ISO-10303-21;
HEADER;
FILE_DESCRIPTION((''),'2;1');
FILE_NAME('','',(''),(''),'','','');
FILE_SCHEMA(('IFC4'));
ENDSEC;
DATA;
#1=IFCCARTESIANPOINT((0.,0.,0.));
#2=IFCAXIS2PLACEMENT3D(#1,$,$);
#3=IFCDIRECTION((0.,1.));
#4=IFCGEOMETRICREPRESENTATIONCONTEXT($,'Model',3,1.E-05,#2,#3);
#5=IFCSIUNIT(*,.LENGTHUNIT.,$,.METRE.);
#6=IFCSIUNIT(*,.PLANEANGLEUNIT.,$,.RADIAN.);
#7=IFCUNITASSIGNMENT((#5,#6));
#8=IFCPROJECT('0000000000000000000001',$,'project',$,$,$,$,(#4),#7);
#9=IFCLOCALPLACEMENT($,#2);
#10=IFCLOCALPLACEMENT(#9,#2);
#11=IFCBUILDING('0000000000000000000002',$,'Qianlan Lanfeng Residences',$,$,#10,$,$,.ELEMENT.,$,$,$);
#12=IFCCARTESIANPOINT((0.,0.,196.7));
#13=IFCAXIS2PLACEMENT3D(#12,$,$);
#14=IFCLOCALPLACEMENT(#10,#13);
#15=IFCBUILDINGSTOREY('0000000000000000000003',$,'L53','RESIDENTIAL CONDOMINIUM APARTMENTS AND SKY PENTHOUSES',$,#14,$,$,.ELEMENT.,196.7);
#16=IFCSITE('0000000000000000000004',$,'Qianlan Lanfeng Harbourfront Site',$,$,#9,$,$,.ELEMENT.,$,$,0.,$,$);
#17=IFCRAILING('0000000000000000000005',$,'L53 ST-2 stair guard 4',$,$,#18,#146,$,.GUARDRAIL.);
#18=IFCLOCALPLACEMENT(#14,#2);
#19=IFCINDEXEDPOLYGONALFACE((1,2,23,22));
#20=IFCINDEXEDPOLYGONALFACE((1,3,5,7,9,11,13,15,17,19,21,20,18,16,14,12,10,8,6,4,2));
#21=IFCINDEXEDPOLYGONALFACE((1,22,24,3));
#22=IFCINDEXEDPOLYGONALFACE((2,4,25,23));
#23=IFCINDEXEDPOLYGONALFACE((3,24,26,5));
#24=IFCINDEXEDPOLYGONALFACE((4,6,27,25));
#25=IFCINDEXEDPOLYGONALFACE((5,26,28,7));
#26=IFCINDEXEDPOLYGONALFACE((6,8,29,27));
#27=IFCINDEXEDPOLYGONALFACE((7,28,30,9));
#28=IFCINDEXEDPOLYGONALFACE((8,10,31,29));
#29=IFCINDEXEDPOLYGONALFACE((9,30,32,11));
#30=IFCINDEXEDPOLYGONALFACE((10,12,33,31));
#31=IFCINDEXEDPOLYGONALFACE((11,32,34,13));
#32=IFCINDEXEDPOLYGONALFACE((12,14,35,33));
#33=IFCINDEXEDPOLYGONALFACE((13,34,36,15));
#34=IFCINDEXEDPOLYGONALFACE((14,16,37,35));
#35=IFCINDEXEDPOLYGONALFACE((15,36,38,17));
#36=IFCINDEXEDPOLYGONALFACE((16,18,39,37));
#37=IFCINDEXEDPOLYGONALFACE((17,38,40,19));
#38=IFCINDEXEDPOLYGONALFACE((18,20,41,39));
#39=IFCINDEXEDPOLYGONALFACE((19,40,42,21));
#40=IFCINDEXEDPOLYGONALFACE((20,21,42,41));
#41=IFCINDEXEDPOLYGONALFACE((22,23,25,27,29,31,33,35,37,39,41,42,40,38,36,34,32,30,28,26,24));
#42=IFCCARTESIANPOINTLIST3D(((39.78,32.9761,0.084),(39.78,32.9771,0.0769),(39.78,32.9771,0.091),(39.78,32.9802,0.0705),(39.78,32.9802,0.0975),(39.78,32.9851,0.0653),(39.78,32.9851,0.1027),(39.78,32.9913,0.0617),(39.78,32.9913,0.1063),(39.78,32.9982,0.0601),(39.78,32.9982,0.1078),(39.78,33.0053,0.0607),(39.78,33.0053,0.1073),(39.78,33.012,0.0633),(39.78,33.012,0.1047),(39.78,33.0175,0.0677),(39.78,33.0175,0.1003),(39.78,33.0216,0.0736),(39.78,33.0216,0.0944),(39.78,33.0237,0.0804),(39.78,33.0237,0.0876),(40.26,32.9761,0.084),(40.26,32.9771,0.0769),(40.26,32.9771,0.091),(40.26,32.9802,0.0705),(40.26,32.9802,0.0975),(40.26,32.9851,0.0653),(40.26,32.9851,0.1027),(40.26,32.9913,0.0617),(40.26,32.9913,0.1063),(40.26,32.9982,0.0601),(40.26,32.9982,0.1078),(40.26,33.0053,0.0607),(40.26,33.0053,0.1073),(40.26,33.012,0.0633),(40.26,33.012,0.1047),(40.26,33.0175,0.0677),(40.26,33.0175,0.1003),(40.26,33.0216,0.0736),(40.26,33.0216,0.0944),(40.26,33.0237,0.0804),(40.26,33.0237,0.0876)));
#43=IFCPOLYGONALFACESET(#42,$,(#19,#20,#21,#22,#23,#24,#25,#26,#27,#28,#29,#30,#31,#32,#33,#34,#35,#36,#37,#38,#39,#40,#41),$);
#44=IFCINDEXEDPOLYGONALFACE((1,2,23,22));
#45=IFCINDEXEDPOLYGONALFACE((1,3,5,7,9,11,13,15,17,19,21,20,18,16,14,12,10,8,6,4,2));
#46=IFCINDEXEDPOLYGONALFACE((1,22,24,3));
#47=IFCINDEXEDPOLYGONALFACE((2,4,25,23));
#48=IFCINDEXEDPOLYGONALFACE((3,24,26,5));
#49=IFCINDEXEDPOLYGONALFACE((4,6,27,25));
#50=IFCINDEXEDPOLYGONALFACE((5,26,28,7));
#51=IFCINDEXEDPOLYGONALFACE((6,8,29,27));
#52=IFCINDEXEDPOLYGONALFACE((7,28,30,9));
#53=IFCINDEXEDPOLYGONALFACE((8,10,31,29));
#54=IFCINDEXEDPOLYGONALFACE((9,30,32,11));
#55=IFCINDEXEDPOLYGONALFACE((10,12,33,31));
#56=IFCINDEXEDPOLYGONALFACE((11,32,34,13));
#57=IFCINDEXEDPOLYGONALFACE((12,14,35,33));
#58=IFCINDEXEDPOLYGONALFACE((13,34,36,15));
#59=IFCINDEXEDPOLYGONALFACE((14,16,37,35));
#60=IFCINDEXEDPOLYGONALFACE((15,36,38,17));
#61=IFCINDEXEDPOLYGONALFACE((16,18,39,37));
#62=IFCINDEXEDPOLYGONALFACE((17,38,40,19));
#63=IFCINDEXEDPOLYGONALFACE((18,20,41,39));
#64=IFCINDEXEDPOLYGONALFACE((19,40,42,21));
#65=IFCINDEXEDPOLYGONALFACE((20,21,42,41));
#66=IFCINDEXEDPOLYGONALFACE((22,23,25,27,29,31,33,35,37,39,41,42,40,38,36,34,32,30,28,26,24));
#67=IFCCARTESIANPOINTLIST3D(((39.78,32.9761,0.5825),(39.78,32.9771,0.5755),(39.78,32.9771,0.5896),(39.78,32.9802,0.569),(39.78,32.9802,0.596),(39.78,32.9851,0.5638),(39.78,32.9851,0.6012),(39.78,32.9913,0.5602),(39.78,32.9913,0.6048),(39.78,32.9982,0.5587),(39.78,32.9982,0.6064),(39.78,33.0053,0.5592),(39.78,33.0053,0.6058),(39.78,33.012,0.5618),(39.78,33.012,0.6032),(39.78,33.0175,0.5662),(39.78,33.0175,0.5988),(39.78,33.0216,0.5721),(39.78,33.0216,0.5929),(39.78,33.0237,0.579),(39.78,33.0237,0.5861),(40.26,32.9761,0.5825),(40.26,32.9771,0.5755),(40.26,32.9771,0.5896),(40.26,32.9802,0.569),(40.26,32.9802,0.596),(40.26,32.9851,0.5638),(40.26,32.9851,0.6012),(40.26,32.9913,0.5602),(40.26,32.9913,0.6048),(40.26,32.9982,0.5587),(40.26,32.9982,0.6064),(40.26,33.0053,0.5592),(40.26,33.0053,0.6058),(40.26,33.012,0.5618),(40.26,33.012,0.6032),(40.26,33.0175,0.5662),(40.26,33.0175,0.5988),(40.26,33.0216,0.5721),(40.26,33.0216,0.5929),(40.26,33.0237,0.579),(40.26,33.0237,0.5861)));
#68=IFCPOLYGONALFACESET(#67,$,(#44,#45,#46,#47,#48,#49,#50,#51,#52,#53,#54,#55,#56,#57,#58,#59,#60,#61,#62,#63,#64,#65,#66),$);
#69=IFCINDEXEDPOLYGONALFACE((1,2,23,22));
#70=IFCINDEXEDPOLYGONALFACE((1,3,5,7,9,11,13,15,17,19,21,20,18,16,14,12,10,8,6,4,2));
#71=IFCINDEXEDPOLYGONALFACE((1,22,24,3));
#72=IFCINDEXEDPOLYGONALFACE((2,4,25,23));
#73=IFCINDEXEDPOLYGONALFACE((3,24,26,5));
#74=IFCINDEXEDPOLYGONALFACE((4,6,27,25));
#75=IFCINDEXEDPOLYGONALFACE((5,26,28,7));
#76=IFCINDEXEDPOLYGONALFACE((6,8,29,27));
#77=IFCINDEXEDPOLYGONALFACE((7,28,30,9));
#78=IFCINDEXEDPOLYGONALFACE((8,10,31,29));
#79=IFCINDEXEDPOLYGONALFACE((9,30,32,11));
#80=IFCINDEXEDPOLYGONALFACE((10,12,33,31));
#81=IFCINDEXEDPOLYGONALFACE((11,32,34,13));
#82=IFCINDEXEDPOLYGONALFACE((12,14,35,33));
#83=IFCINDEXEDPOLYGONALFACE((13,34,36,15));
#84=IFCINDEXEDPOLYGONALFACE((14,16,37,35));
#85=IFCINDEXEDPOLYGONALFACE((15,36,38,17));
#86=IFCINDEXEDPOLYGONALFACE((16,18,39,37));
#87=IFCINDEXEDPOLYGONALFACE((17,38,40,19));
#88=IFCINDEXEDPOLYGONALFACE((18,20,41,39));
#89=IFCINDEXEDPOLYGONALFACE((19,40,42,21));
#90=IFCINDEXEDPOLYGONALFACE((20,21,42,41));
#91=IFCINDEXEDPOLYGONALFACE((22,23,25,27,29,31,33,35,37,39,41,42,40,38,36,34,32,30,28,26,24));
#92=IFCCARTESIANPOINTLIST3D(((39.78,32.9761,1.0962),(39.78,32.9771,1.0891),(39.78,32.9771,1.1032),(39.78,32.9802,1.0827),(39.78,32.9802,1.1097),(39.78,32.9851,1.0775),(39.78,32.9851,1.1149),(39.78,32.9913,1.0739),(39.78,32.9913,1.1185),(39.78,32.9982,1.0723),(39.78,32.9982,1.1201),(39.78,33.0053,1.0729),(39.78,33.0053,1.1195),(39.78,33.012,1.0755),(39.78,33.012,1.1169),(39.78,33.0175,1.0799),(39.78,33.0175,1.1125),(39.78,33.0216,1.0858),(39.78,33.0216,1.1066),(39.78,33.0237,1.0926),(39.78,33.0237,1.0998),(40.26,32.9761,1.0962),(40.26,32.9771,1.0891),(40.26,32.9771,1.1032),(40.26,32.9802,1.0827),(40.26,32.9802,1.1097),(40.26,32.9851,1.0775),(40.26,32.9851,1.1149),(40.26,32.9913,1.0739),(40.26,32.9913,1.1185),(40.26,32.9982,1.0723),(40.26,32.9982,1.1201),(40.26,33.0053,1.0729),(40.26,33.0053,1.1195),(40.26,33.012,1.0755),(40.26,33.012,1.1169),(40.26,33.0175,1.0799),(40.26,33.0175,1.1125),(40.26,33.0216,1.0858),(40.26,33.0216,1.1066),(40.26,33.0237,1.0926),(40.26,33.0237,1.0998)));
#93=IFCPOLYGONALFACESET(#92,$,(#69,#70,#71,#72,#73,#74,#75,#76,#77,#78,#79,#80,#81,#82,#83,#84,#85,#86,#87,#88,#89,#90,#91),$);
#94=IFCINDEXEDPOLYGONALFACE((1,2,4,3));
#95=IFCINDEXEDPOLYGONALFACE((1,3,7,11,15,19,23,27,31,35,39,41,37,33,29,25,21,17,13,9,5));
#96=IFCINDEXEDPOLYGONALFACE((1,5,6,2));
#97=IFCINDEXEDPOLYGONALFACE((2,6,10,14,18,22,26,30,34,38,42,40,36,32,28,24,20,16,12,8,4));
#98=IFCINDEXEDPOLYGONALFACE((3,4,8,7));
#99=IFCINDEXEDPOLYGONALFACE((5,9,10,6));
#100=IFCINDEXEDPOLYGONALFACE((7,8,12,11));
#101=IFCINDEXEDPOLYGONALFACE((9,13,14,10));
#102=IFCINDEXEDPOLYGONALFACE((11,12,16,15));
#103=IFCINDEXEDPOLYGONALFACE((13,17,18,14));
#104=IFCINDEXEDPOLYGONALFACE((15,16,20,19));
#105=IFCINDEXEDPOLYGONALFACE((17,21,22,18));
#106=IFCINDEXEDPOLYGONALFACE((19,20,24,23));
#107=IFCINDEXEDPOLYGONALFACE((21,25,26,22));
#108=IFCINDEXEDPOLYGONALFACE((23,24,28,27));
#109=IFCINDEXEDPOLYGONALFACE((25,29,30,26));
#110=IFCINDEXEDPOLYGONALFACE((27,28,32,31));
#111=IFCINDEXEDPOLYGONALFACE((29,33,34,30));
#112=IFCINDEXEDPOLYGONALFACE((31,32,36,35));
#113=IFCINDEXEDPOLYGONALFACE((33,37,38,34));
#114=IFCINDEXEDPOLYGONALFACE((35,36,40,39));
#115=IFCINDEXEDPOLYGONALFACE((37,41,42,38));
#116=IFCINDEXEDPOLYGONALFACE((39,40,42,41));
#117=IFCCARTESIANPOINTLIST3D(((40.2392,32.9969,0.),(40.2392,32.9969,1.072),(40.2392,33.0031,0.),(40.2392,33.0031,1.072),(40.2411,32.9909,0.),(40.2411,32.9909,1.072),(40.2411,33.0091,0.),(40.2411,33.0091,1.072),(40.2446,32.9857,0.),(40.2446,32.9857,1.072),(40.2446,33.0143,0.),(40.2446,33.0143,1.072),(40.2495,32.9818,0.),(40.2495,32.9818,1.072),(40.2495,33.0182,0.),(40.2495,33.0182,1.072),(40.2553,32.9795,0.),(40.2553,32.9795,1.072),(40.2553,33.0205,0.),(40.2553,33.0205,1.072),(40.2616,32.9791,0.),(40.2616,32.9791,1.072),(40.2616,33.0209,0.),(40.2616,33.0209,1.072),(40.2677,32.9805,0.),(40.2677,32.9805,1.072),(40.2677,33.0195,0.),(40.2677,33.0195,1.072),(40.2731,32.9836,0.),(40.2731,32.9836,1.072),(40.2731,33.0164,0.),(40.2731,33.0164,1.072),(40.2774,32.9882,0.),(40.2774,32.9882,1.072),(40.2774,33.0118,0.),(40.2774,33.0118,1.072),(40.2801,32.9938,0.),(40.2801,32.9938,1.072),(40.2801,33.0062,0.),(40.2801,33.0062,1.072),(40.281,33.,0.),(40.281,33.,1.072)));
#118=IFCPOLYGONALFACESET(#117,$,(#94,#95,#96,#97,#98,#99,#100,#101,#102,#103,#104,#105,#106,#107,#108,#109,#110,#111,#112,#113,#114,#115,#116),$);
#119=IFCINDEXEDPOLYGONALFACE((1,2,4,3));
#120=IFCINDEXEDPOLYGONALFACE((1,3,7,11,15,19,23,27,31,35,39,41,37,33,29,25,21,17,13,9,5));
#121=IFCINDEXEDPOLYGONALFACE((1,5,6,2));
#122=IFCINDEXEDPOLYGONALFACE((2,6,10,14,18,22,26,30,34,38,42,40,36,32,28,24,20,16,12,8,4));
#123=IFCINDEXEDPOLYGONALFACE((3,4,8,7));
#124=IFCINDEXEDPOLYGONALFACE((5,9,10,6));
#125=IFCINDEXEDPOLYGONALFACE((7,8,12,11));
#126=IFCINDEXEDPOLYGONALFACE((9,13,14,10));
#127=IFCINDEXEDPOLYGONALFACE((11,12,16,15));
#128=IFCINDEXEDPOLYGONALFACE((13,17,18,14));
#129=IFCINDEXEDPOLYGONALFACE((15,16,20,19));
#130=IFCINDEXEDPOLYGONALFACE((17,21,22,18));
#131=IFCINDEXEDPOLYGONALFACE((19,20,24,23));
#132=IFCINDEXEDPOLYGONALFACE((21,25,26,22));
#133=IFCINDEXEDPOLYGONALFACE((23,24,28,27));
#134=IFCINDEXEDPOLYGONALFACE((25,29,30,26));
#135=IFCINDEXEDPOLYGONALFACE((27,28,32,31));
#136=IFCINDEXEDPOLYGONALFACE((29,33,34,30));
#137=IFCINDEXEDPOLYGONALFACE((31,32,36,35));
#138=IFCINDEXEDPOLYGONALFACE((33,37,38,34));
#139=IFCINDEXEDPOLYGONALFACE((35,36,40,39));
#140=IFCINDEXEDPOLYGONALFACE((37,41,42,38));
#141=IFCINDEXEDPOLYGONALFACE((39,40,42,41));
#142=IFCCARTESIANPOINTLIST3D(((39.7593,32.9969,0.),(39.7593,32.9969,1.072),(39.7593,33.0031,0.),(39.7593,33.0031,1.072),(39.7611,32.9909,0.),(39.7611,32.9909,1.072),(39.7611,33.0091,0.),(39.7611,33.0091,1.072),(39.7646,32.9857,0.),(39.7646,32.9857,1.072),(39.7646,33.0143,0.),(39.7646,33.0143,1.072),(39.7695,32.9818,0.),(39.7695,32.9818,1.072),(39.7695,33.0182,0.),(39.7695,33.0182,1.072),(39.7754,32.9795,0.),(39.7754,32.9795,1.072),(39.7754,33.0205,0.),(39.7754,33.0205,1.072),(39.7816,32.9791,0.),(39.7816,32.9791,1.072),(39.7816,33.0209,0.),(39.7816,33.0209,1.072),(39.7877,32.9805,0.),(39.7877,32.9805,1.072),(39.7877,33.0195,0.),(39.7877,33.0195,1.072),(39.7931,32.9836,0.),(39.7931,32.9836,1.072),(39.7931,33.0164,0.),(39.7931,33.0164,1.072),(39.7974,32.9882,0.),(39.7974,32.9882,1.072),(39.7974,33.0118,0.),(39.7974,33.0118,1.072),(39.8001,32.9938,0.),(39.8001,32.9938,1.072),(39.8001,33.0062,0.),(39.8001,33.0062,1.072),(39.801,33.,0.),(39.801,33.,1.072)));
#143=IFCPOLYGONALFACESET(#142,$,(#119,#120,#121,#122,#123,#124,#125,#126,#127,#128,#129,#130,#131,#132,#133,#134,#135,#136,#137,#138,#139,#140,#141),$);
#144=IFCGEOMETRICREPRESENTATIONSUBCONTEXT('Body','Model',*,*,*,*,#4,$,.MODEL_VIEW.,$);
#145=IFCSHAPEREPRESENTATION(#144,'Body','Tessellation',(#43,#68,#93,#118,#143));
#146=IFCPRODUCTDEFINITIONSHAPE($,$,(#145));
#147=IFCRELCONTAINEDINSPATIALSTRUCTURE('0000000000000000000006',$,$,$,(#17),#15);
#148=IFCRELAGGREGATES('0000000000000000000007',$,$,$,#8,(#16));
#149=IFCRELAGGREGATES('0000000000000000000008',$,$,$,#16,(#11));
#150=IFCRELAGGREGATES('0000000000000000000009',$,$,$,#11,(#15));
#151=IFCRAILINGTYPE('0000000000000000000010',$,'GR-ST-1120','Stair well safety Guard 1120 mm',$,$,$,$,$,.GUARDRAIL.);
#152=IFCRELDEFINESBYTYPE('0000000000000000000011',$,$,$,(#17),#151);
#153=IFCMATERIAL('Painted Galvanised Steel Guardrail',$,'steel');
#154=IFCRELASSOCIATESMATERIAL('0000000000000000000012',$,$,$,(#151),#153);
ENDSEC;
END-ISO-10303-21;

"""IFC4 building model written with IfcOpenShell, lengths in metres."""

from ifc_helpers import new_model, si_unit, direction, frame, origin, origin_2d, place, context, subcontext, project, spatial, circle, extrude, material, type_object, element, save


model = new_model("IFC4")

# Units and contexts
model_context = context("Model", 3, precision=1e-05, world=origin(), true_north=direction((0.0, 1.0)))
body_context = subcontext(model_context, "Body", "Model", "MODEL_VIEW")
ifc_project = project(units=[si_unit("LENGTHUNIT", "METRE"), si_unit("PLANEANGLEUNIT", "RADIAN")], contexts=[model_context])

# Site, building, storey
site_placement = place(None, origin())
site = spatial("IfcSite", under=ifc_project, at=site_placement, Name="Qianlan Lanfeng Harbourfront Site", CompositionType="ELEMENT", RefElevation=0.0)
building_placement = place(site_placement, origin())
building = spatial("IfcBuilding", under=site, at=building_placement, Name="Qianlan Lanfeng Residences", CompositionType="ELEMENT")
storey_placement = place(building_placement, frame((0.0, 0.0, 196.7)))
storey = spatial("IfcBuildingStorey", under=building, at=storey_placement, Name="L53", Description="RESIDENTIAL CONDOMINIUM APARTMENTS AND SKY PENTHOUSES", CompositionType="ELEMENT", Elevation=196.7)

# Railing
ifc_material_1 = material(Name="Painted Galvanised Steel Guardrail", Category="steel")
railing_type_1 = type_object("IfcRailingType", Name="GR-ST-1120", Description="Stair well safety Guard 1120 mm", PredefinedType="GUARDRAIL", material=ifc_material_1)
railing_1_placement = place(storey_placement, frame((40.26, 33.0, 0.0)))
element("IfcRailing", 1, at=railing_1_placement, inside=storey, type_object=railing_type_1, Name="L53 ST-2 stair guard 4", PredefinedType="GUARDRAIL", context=body_context, shape_type="SweptSolid", body=[
    extrude(circle(Radius=0.0239, at=origin_2d()), frame((0.0, 0.0, 0.084), z_axis=(-1.0, 0.0, 0.0), x_axis=(0.0, -1.0, 0.0)), (0.0, 0.0, 1.0), 0.48),
    extrude(circle(Radius=0.0239, at=origin_2d()), frame((0.0, 0.0, 0.5825), z_axis=(-1.0, 0.0, 0.0), x_axis=(0.0, -1.0, 0.0)), (0.0, 0.0, 1.0), 0.48),
    extrude(circle(Radius=0.0239, at=origin_2d()), frame((0.0, 0.0, 1.0962), z_axis=(-1.0, 0.0, 0.0), x_axis=(0.0, -1.0, 0.0)), (0.0, 0.0, 1.0), 0.48),
    extrude(circle(Radius=0.021, at=origin_2d()), origin(), (0.0, 0.0, 1.0), 1.072),
    extrude(circle(Radius=0.021, at=origin_2d()), frame((-0.48, 0.0, 0.0)), (0.0, 0.0, 1.0), 1.072),
])

save(model, "model.ifc")
